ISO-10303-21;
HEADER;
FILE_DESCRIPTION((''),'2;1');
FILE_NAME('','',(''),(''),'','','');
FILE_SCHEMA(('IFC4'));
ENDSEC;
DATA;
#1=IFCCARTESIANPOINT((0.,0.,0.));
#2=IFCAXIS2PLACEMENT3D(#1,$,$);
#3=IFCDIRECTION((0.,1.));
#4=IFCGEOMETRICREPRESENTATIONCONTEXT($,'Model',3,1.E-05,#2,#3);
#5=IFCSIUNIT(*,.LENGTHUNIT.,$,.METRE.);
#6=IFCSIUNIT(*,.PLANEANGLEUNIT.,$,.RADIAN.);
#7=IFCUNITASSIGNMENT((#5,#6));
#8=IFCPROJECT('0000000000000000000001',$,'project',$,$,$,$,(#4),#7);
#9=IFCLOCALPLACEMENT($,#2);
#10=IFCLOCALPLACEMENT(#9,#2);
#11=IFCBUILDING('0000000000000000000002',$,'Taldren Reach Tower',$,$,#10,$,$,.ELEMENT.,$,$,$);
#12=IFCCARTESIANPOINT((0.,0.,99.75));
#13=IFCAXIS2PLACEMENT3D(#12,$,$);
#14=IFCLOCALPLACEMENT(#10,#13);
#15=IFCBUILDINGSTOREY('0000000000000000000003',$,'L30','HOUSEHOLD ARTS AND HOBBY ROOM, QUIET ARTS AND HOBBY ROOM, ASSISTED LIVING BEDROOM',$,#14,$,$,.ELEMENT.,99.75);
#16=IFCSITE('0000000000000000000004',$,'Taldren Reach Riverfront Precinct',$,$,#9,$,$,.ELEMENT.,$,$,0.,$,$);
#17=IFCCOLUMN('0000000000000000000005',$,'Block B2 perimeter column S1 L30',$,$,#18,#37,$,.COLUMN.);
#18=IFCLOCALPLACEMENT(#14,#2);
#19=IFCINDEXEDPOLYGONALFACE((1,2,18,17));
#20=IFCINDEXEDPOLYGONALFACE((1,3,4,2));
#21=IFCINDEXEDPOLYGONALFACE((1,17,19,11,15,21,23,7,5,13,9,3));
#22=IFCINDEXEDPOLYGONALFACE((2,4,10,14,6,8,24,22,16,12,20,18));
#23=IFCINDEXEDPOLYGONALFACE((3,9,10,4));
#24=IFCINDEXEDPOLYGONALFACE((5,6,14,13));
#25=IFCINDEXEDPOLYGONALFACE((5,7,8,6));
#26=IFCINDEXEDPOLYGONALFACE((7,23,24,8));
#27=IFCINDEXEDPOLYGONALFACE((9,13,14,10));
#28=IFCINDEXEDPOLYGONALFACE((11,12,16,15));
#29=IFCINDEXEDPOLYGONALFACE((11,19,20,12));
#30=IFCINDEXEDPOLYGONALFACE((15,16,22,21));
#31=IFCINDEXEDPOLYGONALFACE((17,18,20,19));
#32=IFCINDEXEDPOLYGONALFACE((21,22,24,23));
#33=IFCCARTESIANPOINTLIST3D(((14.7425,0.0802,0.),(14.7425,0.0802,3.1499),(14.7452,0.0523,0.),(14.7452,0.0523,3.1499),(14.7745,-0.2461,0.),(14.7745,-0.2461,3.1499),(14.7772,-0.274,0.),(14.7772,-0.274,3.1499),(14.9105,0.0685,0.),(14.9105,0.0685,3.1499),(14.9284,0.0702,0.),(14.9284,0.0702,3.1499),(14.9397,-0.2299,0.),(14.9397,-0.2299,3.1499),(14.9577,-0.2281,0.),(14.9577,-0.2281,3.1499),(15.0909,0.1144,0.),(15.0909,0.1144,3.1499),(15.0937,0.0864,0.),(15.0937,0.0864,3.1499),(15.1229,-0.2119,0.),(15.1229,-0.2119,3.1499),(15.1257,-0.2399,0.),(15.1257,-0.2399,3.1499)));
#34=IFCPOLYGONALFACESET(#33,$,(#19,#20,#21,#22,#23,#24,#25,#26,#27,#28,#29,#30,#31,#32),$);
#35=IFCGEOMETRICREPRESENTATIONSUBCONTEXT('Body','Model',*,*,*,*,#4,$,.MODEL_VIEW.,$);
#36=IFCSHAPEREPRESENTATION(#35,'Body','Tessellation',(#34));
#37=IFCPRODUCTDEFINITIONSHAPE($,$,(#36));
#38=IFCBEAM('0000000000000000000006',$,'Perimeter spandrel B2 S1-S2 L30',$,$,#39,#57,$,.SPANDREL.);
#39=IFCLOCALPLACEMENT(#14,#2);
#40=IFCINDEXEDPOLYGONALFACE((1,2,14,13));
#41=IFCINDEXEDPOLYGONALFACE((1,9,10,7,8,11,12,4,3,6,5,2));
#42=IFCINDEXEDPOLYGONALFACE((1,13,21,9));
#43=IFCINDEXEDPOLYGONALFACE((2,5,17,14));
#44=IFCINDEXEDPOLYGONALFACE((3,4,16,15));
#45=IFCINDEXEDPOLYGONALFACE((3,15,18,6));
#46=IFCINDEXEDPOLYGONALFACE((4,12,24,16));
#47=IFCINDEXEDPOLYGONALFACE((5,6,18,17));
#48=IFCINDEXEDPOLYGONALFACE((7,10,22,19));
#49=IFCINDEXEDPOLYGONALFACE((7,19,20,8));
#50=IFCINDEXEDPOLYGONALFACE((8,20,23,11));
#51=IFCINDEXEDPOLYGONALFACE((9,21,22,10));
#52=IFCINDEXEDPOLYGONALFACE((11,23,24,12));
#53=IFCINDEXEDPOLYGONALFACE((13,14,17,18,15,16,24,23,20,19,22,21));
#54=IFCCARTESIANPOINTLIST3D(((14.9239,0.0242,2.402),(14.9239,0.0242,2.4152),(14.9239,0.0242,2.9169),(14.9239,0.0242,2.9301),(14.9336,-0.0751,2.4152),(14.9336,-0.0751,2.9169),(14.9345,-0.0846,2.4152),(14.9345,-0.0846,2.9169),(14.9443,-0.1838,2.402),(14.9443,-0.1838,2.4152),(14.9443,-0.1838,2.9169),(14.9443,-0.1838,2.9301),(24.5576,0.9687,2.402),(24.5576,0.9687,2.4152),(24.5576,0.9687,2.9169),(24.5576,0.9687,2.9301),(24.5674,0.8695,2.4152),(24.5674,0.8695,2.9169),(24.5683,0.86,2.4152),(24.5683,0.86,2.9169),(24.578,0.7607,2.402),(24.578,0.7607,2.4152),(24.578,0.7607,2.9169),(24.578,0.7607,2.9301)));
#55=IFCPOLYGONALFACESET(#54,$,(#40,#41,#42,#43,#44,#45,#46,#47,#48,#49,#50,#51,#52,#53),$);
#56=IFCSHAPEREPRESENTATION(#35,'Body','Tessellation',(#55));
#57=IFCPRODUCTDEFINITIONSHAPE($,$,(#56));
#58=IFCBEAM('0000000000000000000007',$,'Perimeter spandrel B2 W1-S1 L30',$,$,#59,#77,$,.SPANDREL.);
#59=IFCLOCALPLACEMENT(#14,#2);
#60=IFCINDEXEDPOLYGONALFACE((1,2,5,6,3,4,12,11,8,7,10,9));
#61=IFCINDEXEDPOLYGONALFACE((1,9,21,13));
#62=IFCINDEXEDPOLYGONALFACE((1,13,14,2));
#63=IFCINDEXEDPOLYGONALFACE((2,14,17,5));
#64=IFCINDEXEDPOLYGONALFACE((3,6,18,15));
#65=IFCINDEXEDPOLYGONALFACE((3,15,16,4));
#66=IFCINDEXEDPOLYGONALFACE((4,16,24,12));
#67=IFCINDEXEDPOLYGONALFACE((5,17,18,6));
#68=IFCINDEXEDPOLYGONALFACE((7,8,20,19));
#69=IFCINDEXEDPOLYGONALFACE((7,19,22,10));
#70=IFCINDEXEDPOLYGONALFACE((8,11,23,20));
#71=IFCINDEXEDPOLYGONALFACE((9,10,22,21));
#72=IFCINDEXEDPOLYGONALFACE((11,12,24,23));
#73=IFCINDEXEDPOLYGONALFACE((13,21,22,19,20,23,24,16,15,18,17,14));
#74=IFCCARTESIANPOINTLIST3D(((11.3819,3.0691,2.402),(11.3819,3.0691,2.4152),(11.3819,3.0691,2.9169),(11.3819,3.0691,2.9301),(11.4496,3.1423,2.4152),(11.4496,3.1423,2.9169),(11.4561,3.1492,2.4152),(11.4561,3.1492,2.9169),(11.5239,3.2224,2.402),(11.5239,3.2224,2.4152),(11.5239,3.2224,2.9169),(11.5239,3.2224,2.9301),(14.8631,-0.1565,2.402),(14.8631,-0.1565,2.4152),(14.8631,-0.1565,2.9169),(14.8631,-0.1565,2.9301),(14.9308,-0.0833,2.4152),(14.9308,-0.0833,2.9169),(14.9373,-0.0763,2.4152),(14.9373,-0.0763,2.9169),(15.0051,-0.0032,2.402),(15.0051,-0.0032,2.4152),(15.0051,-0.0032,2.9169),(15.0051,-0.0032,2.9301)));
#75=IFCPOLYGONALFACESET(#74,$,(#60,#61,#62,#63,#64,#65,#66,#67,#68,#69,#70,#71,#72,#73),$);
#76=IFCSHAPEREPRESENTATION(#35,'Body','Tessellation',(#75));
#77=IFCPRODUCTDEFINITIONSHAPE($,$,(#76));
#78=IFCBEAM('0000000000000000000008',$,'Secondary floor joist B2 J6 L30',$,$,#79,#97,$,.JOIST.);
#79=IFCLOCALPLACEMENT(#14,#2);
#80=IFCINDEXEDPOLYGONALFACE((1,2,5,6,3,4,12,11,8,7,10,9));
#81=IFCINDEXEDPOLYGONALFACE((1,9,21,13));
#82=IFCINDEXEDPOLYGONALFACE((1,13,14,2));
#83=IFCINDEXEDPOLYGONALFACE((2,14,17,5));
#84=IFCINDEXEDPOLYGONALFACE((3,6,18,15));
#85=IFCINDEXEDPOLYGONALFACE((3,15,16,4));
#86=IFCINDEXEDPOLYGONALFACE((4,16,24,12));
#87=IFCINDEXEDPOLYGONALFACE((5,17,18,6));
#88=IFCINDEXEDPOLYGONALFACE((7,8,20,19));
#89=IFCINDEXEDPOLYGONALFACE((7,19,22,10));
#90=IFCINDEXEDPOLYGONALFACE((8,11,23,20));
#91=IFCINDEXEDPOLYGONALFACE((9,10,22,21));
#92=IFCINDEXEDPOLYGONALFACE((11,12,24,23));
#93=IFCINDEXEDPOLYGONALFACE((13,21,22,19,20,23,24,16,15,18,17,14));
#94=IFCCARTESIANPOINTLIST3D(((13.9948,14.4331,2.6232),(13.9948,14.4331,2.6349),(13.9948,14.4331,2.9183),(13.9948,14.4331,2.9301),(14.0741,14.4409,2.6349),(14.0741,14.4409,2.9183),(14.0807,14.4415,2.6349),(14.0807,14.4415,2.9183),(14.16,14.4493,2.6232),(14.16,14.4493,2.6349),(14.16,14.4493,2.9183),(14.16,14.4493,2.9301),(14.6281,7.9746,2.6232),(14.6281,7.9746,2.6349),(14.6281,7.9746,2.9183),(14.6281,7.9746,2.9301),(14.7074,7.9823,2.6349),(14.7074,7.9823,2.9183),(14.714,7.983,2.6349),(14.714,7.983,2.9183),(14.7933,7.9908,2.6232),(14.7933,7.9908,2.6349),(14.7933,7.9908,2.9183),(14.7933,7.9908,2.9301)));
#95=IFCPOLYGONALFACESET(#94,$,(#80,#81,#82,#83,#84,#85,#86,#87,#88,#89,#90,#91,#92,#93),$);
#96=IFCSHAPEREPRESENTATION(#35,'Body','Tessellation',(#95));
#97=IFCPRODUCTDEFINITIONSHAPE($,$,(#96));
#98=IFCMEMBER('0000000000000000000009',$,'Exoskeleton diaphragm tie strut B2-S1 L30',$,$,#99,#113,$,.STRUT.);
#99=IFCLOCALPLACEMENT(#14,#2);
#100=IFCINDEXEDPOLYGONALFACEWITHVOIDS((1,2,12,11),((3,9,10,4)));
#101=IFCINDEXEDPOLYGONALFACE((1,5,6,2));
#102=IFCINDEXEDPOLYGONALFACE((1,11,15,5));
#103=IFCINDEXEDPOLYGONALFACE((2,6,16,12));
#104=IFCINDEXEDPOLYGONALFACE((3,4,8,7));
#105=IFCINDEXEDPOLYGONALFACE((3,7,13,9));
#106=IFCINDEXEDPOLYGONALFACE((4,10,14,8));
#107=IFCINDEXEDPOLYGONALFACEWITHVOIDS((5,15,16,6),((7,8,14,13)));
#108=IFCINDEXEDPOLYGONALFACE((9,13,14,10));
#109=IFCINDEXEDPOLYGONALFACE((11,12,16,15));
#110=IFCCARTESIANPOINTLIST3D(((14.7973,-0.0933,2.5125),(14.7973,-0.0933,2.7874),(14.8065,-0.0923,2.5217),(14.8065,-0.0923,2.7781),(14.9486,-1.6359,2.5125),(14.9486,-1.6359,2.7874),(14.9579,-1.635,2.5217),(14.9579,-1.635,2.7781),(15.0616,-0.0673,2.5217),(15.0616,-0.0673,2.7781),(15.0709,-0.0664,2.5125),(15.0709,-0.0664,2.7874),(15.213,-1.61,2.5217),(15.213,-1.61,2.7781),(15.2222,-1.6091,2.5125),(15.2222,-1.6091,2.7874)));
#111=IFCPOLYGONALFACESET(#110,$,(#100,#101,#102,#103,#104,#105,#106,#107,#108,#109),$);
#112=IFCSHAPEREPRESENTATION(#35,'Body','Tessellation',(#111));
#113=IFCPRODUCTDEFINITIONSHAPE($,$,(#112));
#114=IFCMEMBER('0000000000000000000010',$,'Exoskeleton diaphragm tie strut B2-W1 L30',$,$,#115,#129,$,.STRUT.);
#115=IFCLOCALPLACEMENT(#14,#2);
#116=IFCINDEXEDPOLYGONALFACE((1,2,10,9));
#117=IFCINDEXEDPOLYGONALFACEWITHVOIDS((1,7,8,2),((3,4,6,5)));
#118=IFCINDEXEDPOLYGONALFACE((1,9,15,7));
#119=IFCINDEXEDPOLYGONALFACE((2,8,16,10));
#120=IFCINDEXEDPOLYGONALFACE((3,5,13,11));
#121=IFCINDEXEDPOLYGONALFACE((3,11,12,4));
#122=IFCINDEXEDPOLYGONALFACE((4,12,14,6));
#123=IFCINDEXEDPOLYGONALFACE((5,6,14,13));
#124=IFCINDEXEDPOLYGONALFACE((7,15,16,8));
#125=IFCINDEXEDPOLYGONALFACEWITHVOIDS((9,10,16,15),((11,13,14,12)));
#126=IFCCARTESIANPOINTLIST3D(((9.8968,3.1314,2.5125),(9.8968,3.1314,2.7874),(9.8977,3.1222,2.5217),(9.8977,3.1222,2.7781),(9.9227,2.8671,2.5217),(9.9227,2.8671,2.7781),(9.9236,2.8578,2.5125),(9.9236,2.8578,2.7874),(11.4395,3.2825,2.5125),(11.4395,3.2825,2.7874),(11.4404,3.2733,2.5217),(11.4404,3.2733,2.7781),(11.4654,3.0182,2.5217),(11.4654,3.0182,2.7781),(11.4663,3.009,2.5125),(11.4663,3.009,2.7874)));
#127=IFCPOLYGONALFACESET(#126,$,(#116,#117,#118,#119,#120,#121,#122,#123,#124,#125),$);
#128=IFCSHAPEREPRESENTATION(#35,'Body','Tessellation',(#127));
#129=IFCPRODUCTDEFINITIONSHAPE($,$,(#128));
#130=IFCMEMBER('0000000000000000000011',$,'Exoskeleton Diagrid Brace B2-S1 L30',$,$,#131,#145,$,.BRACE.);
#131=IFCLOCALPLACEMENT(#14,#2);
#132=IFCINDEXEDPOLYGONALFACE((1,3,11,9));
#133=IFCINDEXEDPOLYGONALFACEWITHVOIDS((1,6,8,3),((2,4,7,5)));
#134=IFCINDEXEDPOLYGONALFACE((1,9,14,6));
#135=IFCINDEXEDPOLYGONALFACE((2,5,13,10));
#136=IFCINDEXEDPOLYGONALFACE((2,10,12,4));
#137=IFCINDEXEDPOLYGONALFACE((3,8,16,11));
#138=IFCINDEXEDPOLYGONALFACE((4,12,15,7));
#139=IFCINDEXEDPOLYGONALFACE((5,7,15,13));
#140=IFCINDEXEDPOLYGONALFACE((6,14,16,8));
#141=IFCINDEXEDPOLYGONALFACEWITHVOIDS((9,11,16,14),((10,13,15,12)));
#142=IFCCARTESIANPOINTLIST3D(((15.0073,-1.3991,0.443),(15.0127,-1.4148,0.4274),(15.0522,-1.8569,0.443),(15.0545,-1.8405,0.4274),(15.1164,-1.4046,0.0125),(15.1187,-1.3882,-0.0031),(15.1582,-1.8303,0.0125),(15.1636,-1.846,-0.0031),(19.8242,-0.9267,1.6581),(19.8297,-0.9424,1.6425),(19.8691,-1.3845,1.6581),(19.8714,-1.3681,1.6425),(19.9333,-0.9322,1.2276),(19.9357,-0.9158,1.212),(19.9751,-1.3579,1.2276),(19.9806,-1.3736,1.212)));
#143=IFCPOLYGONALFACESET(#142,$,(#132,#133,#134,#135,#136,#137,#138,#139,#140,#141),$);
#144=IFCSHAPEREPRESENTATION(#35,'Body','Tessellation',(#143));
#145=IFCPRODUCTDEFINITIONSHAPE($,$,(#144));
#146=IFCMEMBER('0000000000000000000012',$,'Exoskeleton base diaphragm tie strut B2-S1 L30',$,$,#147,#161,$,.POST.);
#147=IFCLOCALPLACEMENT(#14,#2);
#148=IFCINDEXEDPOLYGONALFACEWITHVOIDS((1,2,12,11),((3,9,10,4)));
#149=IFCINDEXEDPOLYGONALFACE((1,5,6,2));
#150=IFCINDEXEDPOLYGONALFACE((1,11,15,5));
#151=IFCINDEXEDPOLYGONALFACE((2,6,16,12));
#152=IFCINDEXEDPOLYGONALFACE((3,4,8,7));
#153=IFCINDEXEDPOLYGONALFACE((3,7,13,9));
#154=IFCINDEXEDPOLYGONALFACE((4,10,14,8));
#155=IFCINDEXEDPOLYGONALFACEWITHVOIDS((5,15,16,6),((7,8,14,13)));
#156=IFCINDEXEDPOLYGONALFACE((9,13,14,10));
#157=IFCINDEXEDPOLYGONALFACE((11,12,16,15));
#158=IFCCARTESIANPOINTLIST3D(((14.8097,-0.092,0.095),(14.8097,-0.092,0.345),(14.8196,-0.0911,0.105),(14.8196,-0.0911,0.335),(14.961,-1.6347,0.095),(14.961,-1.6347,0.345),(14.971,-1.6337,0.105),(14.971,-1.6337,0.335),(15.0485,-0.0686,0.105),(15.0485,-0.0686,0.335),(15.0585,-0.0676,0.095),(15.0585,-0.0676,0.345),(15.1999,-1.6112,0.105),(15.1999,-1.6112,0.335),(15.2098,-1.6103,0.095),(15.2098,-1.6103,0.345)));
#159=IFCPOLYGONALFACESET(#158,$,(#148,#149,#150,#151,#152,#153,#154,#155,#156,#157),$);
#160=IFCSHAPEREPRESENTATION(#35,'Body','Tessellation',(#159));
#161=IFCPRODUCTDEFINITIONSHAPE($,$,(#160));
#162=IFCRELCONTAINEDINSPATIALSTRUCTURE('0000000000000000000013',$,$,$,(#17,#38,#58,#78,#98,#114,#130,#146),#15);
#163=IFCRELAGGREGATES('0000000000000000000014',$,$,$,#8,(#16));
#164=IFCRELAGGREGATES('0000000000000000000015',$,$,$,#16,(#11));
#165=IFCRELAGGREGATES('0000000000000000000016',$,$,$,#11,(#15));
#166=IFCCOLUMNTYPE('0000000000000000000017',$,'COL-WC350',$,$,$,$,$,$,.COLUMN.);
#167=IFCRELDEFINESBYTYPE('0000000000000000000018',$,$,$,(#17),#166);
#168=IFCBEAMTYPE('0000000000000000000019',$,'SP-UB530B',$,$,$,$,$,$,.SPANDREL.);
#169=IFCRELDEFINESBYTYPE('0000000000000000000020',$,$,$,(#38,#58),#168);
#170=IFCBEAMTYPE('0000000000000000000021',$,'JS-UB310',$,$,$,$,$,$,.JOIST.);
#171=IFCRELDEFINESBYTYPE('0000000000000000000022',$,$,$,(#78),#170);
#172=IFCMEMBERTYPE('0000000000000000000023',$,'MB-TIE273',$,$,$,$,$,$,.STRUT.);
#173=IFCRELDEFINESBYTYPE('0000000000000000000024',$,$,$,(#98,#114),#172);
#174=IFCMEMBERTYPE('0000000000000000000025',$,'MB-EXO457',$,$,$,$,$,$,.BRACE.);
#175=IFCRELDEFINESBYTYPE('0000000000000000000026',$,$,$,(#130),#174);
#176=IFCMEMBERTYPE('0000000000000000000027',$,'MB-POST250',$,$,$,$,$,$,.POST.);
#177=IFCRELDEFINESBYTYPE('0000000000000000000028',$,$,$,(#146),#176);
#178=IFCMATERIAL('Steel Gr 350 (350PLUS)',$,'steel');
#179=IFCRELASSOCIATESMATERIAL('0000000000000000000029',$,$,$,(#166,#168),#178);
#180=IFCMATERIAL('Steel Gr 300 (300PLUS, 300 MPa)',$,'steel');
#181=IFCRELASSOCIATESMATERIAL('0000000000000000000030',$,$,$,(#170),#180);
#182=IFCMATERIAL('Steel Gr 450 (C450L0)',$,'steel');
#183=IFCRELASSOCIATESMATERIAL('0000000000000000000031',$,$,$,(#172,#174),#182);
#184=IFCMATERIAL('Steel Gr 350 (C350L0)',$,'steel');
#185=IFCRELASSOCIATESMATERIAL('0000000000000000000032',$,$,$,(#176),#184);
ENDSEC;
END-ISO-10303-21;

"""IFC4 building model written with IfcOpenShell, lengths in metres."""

from ifc_helpers import new_model, si_unit, direction, frame, origin, origin_2d, place, context, subcontext, project, spatial, hollow_rectangle, i_section, extrude, source, transform, mapped, material, material_profile, profile_set, type_object, element, save


model = new_model("IFC4")

# Units and contexts
model_context = context("Model", 3, precision=1e-05, world=origin(), true_north=direction((0.0, 1.0)))
body_context = subcontext(model_context, "Body", "Model", "MODEL_VIEW")
ifc_project = project(units=[si_unit("LENGTHUNIT", "METRE"), si_unit("PLANEANGLEUNIT", "RADIAN")], contexts=[model_context])

# Site, building, storey
site_placement = place(None, origin())
site = spatial("IfcSite", under=ifc_project, at=site_placement, Name="Taldren Reach Riverfront Precinct", CompositionType="ELEMENT", RefElevation=0.0)
building_placement = place(site_placement, origin())
building = spatial("IfcBuilding", under=site, at=building_placement, Name="Taldren Reach Tower", CompositionType="ELEMENT")
storey_placement = place(building_placement, frame((0.0, 0.0, 99.75)))
storey = spatial("IfcBuildingStorey", under=building, at=storey_placement, Name="L30", Description="HOUSEHOLD ARTS AND HOBBY ROOM, QUIET ARTS AND HOBBY ROOM, ASSISTED LIVING BEDROOM", CompositionType="ELEMENT", Elevation=99.75)

# Column
ifc_material_1 = material(Name="Steel Gr 350 (350PLUS)", Category="steel")
ifc_material_profile_1 = material_profile(ifc_material_1, i_section(OverallWidth=0.3501, OverallDepth=0.356, WebThickness=0.0181, FlangeThickness=0.0281, at=origin_2d()), Name="350WC197")
ifc_profile_set_1 = profile_set([ifc_material_profile_1], Name="Steel Gr 350 (350PLUS)")
column_type = type_object("IfcColumnType", Name="COL-WC350", PredefinedType="COLUMN", material=ifc_profile_set_1)
shared_shape_1 = source(origin(), body_context, "Body", "SweptSolid", [
    extrude(i_section(OverallWidth=0.3501, OverallDepth=0.356, WebThickness=0.0181, FlangeThickness=0.0281, at=origin_2d()), origin(), (0.0, 0.0, 1.0), 3.1499),
])
column_placement = place(storey_placement, frame((14.9341, -0.0798, 0.0), z_axis=(0.0, 0.0, 1.0), x_axis=(0.995227, 0.097583, 0.0)))
element("IfcColumn", 1, at=column_placement, inside=storey, type_object=column_type, Name="Block B2 perimeter column S1 L30", PredefinedType="COLUMN", context=body_context, shape_type="MappedRepresentation", body=[
    mapped(shared_shape_1, transform((0.0, 0.0, 0.0), scale=1.0)),
])

# Beams
ifc_material_profile_2 = material_profile(ifc_material_1, i_section(OverallWidth=0.209, OverallDepth=0.5281, WebThickness=0.0095, FlangeThickness=0.0132, at=origin_2d()), Name="530UB82.0")
ifc_profile_set_2 = profile_set([ifc_material_profile_2], Name="Steel Gr 350 (350PLUS)")
beam_type_1 = type_object("IfcBeamType", Name="SP-UB530B", PredefinedType="SPANDREL", material=ifc_profile_set_2)
shared_shape_2 = source(origin(), body_context, "Body", "SweptSolid", [
    extrude(i_section(OverallWidth=0.209, OverallDepth=0.5281, WebThickness=0.0095, FlangeThickness=0.0132, at=origin_2d()), origin(), (0.0, 0.0, 1.0), 9.6799),
])
beam_1_placement = place(storey_placement, frame((14.9341, -0.0798, 2.666), z_axis=(0.995228, 0.097581, 0.0), x_axis=(-0.097581, 0.995228, 0.0)))
element("IfcBeam", 2, at=beam_1_placement, inside=storey, type_object=beam_type_1, Name="Perimeter spandrel B2 S1-S2 L30", PredefinedType="SPANDREL", context=body_context, shape_type="MappedRepresentation", body=[
    mapped(shared_shape_2, transform((0.0, 0.0, 0.0), scale=1.0)),
])
shared_shape_3 = source(origin(), body_context, "Body", "SweptSolid", [
    extrude(i_section(OverallWidth=0.209, OverallDepth=0.5281, WebThickness=0.0095, FlangeThickness=0.0132, at=origin_2d()), origin(), (0.0, 0.0, 1.0), 4.7458),
])
beam_2_placement = place(storey_placement, frame((11.4529, 3.1458, 2.666), z_axis=(0.733524, -0.679663, 0.0), x_axis=(0.679663, 0.733524, 0.0)))
element("IfcBeam", 3, at=beam_2_placement, inside=storey, type_object=beam_type_1, Name="Perimeter spandrel B2 W1-S1 L30", PredefinedType="SPANDREL", context=body_context, shape_type="MappedRepresentation", body=[
    mapped(shared_shape_3, transform((0.0, 0.0, 0.0), scale=1.0)),
])
ifc_material_2 = material(Name="Steel Gr 300 (300PLUS, 300 MPa)", Category="steel")
ifc_material_profile_3 = material_profile(ifc_material_2, i_section(OverallWidth=0.166, OverallDepth=0.3069, WebThickness=0.0066, FlangeThickness=0.0117, at=origin_2d()), Name="310UB46.2")
ifc_profile_set_3 = profile_set([ifc_material_profile_3], Name="Steel Gr 300 (300PLUS, 300 MPa)")
beam_type_2 = type_object("IfcBeamType", Name="JS-UB310", PredefinedType="JOIST", material=ifc_profile_set_3)
shared_shape_4 = source(origin(), body_context, "Body", "SweptSolid", [
    extrude(i_section(OverallWidth=0.166, OverallDepth=0.3069, WebThickness=0.0066, FlangeThickness=0.0117, at=origin_2d()), origin(), (0.0, 0.0, 1.0), 6.4895),
])
beam_3_placement = place(storey_placement, frame((14.7107, 7.9827, 2.7766), z_axis=(-0.097589, 0.995227, 0.0), x_axis=(-0.995227, -0.097589, 0.0)))
element("IfcBeam", 4, at=beam_3_placement, inside=storey, type_object=beam_type_2, Name="Secondary floor joist B2 J6 L30", PredefinedType="JOIST", context=body_context, shape_type="MappedRepresentation", body=[
    mapped(shared_shape_4, transform((0.0, 0.0, 0.0), scale=1.0)),
])

# Members
ifc_material_3 = material(Name="Steel Gr 450 (C450L0)", Category="steel")
ifc_material_profile_4 = material_profile(ifc_material_3, hollow_rectangle(XDim=0.2749, YDim=0.2749, WallThickness=0.0093, at=origin_2d()), Name="275x275x9.3SHS")
ifc_profile_set_4 = profile_set([ifc_material_profile_4], Name="Steel Gr 450 (C450L0)")
member_type_1 = type_object("IfcMemberType", Name="MB-TIE273", PredefinedType="STRUT", material=ifc_profile_set_4)
shared_shape_5 = source(origin(), body_context, "Body", "SweptSolid", [
    extrude(hollow_rectangle(XDim=0.2749, YDim=0.2749, WallThickness=0.0093, at=origin_2d()), origin(), (0.0, 0.0, 1.0), 1.55),
])
for number, where, z_axis, x_axis, name in (
    (5, (14.9341, -0.0798, 2.6499), (0.097648, -0.995221, 0.0), (0.995221, 0.097648, 0.0), "Exoskeleton diaphragm tie strut B2-S1 L30"),
    (6, (11.4529, 3.1458, 2.6499), (-0.995236, -0.097492, 0.0), (0.097492, -0.995236, 0.0), "Exoskeleton diaphragm tie strut B2-W1 L30"),
):
    element("IfcMember", number, at=place(storey_placement, frame(where, z_axis=z_axis, x_axis=x_axis)), inside=storey, type_object=member_type_1, Name=name, PredefinedType="STRUT", context=body_context, shape_type="MappedRepresentation", body=[
        mapped(shared_shape_5, transform((0.0, 0.0, 0.0), scale=1.0)),
    ])
ifc_material_profile_5 = material_profile(ifc_material_3, hollow_rectangle(XDim=0.46, YDim=0.46, WallThickness=0.0161, at=origin_2d()), Name="460x460x16.0SHS")
ifc_profile_set_5 = profile_set([ifc_material_profile_5], Name="Steel Gr 450 (C450L0)")
member_type_2 = type_object("IfcMemberType", Name="MB-EXO457", PredefinedType="BRACE", material=ifc_profile_set_5)
shared_shape_6 = source(origin(), body_context, "Body", "SweptSolid", [
    extrude(hollow_rectangle(XDim=0.46, YDim=0.46, WallThickness=0.0161, at=origin_2d()), origin(), (0.0, 0.0, 1.0), 4.9902),
])
member_1_placement = place(storey_placement, frame((15.0854, -1.6226, 0.22), z_axis=(0.965271, 0.094668, 0.243495), x_axis=(-0.097606, 0.995225, 0.0)))
element("IfcMember", 7, at=member_1_placement, inside=storey, type_object=member_type_2, Name="Exoskeleton Diagrid Brace B2-S1 L30", PredefinedType="BRACE", context=body_context, shape_type="MappedRepresentation", body=[
    mapped(shared_shape_6, transform((0.0, 0.0, 0.0), scale=1.0)),
])
ifc_material_4 = material(Name="Steel Gr 350 (C350L0)", Category="steel")
ifc_material_profile_6 = material_profile(ifc_material_4, hollow_rectangle(XDim=0.25, YDim=0.25, WallThickness=0.01, at=origin_2d()), Name="250x250x10.0SHS")
ifc_profile_set_6 = profile_set([ifc_material_profile_6], Name="Steel Gr 350 (C350L0)")
member_type_3 = type_object("IfcMemberType", Name="MB-POST250", PredefinedType="POST", material=ifc_profile_set_6)
shared_shape_7 = source(origin(), body_context, "Body", "SweptSolid", [
    extrude(hollow_rectangle(XDim=0.25, YDim=0.25, WallThickness=0.01, at=origin_2d()), origin(), (0.0, 0.0, 1.0), 1.55),
])
for number, where, z_axis, x_axis, name in (
    (8, (14.9341, -0.0798, 0.22), (0.097648, -0.995221, 0.0), (0.995221, 0.097648, 0.0), "Exoskeleton base diaphragm tie strut B2-S1 L30"),
):
    element("IfcMember", number, at=place(storey_placement, frame(where, z_axis=z_axis, x_axis=x_axis)), inside=storey, type_object=member_type_3, Name=name, PredefinedType="POST", context=body_context, shape_type="MappedRepresentation", body=[
        mapped(shared_shape_7, transform((0.0, 0.0, 0.0), scale=1.0)),
    ])

save(model, "model.ifc")
